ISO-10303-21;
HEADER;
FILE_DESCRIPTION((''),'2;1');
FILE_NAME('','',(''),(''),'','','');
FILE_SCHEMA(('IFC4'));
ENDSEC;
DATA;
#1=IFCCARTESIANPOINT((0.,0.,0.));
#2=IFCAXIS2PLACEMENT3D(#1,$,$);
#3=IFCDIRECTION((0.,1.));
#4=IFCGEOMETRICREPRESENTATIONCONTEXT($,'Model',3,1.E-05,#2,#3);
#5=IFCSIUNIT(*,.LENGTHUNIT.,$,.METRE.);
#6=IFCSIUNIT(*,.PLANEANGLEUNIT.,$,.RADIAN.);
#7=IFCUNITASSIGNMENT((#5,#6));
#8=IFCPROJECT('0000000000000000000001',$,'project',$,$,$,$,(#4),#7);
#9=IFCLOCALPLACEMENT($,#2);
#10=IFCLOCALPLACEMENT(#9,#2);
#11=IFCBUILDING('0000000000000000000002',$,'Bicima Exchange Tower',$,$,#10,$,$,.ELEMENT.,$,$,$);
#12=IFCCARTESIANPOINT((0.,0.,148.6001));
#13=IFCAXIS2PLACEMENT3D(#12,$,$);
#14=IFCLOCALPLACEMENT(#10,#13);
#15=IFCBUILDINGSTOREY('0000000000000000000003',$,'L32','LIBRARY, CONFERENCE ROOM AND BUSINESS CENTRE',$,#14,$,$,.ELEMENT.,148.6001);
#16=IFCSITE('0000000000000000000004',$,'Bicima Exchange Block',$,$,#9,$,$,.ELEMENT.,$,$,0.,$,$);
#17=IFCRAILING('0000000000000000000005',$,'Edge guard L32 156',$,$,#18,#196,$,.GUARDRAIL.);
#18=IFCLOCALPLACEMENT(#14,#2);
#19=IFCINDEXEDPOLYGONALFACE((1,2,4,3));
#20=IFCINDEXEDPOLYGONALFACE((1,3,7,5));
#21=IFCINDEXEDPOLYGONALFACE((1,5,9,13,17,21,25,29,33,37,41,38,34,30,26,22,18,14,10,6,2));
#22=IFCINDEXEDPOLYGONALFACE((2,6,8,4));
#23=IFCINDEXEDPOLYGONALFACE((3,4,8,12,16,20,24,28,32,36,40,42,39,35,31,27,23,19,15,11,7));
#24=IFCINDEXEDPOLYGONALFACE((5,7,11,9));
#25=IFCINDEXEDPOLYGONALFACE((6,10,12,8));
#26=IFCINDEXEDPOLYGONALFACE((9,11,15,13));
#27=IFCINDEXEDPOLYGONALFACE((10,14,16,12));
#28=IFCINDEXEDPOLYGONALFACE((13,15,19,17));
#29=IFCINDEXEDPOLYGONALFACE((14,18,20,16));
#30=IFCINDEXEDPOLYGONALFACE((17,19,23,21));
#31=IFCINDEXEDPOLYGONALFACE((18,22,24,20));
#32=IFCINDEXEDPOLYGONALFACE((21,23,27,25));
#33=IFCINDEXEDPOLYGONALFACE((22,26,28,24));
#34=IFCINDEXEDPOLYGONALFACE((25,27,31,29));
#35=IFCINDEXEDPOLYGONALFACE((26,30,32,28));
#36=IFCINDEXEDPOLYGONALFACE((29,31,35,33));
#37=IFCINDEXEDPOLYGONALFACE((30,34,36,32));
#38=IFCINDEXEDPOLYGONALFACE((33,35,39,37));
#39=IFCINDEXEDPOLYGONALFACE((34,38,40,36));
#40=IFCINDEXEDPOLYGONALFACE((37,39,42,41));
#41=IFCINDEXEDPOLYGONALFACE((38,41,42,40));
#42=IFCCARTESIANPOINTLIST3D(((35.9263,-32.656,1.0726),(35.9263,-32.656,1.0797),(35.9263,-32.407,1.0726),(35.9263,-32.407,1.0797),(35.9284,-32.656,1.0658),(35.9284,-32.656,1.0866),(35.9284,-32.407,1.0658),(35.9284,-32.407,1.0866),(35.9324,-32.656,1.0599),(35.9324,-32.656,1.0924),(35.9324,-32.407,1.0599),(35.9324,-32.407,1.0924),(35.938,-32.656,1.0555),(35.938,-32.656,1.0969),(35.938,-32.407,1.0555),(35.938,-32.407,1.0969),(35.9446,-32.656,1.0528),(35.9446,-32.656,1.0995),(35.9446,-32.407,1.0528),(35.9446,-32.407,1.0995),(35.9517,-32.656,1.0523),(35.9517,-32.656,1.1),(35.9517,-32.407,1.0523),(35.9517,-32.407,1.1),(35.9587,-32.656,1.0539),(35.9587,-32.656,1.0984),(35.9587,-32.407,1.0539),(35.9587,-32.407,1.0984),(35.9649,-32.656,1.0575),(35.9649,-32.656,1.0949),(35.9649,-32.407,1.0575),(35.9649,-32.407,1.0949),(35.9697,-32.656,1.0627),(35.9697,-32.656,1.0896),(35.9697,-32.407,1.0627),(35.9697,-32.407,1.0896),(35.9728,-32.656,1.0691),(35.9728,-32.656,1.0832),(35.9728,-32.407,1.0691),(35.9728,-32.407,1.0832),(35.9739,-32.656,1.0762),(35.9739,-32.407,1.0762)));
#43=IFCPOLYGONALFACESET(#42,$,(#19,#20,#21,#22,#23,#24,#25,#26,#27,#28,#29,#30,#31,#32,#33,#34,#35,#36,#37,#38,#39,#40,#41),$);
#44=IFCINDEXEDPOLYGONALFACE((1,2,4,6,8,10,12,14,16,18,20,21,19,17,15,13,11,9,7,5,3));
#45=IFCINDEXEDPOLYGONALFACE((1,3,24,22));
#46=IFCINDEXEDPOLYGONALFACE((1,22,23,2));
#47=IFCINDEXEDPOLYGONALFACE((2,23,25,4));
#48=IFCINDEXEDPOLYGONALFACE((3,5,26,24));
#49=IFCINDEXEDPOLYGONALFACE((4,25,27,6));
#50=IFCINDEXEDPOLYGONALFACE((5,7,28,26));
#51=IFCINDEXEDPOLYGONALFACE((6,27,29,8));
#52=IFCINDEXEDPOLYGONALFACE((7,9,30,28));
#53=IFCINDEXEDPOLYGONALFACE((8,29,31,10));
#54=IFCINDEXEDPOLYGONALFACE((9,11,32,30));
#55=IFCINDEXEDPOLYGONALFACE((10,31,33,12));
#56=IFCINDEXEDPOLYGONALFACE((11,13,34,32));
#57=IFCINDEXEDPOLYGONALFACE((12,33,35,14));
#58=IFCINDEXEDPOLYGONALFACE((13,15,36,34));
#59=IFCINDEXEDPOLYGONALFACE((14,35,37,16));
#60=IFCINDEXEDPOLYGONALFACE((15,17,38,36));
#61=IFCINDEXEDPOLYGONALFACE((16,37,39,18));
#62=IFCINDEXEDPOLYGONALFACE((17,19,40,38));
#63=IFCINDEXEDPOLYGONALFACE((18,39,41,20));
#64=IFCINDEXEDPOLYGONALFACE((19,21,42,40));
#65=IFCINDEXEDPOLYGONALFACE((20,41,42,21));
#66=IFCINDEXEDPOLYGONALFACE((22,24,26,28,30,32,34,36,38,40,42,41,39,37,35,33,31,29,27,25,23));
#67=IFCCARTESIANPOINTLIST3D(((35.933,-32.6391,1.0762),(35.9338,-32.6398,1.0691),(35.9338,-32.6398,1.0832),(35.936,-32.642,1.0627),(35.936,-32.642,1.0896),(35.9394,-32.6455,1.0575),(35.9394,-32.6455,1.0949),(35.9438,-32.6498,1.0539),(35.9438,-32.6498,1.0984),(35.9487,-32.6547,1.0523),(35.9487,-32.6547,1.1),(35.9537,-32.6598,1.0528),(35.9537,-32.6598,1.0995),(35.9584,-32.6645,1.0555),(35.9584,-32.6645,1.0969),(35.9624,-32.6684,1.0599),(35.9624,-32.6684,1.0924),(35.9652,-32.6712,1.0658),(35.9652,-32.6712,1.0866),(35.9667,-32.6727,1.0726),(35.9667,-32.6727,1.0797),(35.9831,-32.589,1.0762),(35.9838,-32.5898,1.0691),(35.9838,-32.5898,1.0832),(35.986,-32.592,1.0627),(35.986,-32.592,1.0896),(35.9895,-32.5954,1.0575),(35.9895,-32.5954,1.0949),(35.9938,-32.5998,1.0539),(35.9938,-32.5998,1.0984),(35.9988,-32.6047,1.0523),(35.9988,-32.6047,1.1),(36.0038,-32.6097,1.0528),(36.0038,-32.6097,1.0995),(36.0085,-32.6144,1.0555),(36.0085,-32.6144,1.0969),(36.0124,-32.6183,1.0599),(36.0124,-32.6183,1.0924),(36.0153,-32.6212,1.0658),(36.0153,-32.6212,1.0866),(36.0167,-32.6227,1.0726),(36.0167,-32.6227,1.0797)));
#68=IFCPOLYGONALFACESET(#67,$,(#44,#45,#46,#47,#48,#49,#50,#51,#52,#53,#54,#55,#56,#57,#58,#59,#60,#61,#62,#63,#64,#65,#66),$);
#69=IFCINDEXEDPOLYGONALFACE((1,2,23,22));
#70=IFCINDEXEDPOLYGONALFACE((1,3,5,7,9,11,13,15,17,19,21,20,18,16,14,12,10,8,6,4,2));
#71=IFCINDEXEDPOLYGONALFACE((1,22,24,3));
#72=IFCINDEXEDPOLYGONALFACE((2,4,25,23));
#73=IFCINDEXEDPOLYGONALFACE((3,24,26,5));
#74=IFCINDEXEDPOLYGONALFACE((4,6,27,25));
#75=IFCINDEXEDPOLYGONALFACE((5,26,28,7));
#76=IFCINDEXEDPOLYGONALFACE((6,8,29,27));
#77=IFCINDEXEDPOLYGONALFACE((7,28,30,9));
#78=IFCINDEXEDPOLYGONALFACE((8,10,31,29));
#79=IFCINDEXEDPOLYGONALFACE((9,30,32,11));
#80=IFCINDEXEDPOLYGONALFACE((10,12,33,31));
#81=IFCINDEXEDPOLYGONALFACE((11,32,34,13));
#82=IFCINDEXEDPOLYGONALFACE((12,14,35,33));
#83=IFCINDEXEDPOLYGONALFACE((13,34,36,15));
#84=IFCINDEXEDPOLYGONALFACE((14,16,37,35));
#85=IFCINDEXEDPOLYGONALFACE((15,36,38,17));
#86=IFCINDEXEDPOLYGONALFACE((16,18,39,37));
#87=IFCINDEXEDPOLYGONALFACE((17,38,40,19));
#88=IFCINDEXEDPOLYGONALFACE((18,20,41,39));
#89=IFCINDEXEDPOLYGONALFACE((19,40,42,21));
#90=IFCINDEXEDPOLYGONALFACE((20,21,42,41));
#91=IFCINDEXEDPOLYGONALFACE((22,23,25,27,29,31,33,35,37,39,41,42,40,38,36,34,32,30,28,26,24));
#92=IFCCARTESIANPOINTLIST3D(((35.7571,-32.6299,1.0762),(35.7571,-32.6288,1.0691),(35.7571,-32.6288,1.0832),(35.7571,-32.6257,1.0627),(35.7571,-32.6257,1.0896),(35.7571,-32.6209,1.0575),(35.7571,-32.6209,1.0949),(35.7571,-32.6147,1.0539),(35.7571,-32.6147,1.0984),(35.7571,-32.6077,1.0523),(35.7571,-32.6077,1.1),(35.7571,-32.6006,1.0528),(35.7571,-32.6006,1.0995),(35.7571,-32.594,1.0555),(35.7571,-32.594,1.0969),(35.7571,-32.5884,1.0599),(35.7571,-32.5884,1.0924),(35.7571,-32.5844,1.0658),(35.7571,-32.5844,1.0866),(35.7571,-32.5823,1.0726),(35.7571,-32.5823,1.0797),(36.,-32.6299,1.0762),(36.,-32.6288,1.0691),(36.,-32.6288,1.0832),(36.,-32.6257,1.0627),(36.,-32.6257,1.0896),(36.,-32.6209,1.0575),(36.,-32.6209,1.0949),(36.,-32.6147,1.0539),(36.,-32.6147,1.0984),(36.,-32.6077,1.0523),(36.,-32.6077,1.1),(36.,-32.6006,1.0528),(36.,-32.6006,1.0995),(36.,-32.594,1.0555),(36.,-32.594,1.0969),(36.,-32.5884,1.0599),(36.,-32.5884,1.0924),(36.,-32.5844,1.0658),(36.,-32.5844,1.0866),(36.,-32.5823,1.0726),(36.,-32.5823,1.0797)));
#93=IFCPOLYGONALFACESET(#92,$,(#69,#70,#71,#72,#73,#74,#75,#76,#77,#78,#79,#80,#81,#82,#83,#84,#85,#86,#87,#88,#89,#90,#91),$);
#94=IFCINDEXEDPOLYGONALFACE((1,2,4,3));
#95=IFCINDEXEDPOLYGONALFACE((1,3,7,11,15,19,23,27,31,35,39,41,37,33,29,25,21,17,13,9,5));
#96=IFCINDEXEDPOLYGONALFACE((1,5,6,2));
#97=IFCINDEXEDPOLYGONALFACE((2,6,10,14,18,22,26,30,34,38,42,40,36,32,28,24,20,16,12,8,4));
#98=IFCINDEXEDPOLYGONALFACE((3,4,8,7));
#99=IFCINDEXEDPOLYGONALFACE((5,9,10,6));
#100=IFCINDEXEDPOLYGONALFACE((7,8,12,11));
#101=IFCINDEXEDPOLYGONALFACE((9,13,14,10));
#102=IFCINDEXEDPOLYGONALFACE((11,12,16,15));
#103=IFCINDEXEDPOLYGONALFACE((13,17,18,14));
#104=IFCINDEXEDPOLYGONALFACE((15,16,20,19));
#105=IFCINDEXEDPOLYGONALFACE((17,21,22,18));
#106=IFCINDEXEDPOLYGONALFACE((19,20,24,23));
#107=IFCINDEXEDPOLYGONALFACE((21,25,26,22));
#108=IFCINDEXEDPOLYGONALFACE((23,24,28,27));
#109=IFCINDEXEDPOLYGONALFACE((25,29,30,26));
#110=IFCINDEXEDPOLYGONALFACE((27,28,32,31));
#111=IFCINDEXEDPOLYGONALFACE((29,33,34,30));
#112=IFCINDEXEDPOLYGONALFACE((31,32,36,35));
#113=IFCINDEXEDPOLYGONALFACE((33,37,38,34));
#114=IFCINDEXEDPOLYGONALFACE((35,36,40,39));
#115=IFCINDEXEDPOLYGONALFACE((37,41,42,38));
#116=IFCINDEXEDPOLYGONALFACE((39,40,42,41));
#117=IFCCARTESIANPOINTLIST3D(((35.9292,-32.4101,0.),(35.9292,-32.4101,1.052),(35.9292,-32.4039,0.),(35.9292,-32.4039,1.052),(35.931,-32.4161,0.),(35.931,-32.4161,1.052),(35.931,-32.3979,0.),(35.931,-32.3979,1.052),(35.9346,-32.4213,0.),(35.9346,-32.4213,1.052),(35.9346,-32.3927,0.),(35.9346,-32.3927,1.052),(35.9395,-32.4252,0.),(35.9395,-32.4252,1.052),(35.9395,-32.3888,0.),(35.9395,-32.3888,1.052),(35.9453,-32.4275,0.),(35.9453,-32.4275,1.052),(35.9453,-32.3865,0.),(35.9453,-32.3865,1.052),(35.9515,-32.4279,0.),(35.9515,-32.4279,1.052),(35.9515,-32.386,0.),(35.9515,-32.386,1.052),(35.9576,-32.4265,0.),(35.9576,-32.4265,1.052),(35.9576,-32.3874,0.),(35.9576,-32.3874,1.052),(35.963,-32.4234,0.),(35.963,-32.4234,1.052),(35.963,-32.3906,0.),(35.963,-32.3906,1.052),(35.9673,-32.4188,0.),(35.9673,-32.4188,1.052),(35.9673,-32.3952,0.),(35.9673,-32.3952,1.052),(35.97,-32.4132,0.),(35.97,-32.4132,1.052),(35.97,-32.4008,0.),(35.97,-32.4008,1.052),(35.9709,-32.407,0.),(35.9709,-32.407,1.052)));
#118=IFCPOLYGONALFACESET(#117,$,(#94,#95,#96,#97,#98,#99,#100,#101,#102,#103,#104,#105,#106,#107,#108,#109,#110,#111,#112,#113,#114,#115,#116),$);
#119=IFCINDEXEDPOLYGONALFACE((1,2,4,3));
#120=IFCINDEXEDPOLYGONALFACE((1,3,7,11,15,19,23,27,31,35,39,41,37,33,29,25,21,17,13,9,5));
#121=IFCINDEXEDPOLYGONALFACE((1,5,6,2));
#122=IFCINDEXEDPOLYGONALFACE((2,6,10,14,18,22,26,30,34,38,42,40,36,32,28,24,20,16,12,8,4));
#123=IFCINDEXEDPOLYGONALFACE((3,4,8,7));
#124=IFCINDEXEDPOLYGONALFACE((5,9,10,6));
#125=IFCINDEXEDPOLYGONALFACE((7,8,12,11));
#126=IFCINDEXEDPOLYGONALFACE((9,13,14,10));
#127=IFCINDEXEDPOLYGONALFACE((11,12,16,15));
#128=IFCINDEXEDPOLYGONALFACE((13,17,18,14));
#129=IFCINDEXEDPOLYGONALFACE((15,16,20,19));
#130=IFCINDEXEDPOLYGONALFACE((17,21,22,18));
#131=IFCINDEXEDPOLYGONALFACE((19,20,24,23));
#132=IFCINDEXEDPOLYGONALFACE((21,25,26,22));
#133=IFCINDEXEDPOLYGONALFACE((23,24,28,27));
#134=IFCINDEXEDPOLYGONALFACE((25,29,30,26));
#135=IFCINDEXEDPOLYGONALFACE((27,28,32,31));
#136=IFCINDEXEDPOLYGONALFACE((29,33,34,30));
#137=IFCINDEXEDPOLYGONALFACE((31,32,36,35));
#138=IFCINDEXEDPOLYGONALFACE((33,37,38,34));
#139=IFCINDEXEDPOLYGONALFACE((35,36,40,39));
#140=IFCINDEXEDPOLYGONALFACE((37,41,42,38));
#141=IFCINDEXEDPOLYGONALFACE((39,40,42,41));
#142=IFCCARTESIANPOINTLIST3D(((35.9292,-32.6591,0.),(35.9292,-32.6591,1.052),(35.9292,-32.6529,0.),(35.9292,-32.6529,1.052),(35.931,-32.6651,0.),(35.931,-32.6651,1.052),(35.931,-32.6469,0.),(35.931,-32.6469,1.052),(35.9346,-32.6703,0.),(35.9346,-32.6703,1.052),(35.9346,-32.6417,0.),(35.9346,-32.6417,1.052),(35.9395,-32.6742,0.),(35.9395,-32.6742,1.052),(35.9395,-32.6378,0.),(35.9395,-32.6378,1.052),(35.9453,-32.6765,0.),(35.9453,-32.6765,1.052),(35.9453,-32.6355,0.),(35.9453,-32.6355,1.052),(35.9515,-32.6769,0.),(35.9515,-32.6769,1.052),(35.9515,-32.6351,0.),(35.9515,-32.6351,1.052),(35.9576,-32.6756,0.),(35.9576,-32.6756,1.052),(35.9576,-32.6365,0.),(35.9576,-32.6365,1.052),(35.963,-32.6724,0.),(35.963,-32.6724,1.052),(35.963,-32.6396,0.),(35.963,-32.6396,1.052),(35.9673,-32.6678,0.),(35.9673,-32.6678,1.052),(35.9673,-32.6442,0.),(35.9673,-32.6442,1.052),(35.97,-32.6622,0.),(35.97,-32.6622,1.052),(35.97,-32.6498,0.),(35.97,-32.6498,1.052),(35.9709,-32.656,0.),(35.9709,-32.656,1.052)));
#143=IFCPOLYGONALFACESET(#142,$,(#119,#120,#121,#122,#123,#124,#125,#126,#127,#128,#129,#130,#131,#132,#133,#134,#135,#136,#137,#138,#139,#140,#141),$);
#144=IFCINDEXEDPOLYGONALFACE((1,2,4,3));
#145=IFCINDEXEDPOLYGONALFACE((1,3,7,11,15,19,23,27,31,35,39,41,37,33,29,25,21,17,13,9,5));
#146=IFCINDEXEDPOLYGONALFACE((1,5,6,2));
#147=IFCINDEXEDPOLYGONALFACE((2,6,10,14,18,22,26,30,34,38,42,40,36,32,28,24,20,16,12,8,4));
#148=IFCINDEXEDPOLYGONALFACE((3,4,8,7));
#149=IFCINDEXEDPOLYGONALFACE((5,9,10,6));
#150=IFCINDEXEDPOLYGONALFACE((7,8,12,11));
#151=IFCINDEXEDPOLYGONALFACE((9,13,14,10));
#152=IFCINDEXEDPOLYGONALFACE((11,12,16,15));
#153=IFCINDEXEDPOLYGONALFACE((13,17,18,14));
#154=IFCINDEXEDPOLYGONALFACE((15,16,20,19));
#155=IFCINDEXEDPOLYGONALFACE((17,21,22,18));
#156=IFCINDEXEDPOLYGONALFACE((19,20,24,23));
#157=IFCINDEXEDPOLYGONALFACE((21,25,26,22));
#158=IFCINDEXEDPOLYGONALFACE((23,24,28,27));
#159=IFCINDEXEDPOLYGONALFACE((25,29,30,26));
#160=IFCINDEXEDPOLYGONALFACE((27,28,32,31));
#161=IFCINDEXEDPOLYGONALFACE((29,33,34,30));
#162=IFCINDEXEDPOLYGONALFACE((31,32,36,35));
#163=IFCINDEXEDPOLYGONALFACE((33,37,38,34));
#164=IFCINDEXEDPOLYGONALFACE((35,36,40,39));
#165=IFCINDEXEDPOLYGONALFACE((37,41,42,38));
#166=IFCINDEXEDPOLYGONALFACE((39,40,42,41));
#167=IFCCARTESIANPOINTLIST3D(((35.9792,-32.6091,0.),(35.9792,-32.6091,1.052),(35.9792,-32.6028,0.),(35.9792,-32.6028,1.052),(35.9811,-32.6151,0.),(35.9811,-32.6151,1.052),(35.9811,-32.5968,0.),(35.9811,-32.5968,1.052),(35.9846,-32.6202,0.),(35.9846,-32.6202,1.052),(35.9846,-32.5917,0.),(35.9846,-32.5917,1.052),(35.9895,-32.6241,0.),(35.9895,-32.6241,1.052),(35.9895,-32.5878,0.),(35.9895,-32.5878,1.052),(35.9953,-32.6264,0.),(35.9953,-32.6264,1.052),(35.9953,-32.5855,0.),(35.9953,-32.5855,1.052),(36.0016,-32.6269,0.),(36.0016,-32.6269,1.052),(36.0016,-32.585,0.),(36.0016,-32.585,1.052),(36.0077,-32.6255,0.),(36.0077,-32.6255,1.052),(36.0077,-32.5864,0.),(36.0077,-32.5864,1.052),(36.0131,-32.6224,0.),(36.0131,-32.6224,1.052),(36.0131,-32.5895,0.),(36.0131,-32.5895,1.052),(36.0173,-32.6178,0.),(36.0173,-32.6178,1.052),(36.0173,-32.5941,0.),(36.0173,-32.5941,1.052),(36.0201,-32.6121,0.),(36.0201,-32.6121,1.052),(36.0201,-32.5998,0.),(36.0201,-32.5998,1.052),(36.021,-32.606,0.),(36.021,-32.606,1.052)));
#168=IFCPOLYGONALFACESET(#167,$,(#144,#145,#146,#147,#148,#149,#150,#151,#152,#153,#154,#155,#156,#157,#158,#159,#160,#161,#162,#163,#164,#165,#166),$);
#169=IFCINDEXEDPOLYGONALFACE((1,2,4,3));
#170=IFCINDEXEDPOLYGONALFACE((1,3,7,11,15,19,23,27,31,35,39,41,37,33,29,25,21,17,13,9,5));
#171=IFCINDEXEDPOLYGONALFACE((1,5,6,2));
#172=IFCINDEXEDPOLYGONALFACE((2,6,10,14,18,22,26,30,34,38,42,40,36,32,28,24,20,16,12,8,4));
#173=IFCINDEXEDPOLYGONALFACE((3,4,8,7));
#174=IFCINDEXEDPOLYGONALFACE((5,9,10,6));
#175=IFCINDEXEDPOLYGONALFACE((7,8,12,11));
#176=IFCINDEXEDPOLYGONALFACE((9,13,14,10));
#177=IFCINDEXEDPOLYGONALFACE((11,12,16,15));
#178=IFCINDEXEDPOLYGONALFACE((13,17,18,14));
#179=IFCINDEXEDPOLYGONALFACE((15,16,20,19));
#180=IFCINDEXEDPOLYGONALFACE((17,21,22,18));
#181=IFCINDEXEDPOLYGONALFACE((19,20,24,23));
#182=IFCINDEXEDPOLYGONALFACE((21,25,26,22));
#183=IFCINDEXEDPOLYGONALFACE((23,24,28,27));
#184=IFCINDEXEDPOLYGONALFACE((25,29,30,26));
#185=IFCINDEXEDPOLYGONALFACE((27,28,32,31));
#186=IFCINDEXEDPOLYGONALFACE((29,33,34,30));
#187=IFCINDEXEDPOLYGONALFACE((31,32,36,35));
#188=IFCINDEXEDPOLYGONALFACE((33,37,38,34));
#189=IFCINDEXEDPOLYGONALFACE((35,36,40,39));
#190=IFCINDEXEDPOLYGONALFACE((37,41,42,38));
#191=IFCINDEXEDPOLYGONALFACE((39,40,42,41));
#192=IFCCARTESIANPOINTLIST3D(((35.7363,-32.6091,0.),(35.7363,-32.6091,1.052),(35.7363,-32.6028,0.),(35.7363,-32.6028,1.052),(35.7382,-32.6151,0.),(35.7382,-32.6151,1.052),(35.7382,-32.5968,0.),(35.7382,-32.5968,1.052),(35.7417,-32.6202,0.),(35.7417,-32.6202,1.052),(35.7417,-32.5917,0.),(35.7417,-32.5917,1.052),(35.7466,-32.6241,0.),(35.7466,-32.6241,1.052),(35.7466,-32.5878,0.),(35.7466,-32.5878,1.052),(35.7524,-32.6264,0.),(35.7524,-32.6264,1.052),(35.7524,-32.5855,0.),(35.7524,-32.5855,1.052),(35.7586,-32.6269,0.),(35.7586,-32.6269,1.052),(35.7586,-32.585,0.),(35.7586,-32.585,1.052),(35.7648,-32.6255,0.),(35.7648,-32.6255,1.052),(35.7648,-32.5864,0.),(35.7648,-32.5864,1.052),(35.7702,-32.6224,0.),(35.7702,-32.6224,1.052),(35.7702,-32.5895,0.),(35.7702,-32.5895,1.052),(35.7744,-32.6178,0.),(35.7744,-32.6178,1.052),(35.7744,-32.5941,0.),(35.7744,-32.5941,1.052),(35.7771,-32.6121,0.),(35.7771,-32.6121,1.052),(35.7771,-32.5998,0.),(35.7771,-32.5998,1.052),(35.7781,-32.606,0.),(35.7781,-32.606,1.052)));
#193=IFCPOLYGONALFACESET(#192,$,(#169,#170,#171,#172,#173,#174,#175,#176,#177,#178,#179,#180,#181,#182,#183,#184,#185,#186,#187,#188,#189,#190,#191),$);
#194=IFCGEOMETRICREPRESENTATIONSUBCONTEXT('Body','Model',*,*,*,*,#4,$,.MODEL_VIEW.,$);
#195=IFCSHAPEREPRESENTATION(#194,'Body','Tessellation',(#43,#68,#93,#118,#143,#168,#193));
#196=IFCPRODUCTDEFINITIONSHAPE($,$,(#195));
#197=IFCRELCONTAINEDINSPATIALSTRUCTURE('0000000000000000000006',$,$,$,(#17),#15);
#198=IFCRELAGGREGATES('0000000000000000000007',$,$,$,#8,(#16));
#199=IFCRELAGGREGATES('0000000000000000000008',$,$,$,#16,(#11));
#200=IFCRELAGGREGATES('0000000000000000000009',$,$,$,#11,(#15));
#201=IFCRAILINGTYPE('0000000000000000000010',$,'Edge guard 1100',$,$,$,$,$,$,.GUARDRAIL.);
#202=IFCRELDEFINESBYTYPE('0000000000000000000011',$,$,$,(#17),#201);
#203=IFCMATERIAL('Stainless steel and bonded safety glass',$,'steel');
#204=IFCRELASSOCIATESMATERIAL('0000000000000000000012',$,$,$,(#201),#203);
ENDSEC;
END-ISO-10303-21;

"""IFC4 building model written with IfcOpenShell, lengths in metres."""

from ifc_helpers import new_model, si_unit, direction, frame, origin, origin_2d, place, context, subcontext, project, spatial, circle, extrude, material, type_object, element, save


model = new_model("IFC4")

# Units and contexts
model_context = context("Model", 3, precision=1e-05, world=origin(), true_north=direction((0.0, 1.0)))
body_context = subcontext(model_context, "Body", "Model", "MODEL_VIEW")
ifc_project = project(units=[si_unit("LENGTHUNIT", "METRE"), si_unit("PLANEANGLEUNIT", "RADIAN")], contexts=[model_context])

# Site, building, storey
site_placement = place(None, origin())
site = spatial("IfcSite", under=ifc_project, at=site_placement, Name="Bicima Exchange Block", CompositionType="ELEMENT", RefElevation=0.0)
building_placement = place(site_placement, origin())
building = spatial("IfcBuilding", under=site, at=building_placement, Name="Bicima Exchange Tower", CompositionType="ELEMENT")
storey_placement = place(building_placement, frame((0.0, 0.0, 148.6001)))
storey = spatial("IfcBuildingStorey", under=building, at=storey_placement, Name="L32", Description="LIBRARY, CONFERENCE ROOM AND BUSINESS CENTRE", CompositionType="ELEMENT", Elevation=148.6001)

# Railing
ifc_material_1 = material(Name="Stainless steel and bonded safety glass", Category="steel")
railing_type = type_object("IfcRailingType", Name="Edge guard 1100", PredefinedType="GUARDRAIL", material=ifc_material_1)
railing_placement = place(storey_placement, frame((35.95, -32.407, 0.0)))
element("IfcRailing", 1, at=railing_placement, inside=storey, type_object=railing_type, Name="Edge guard L32 156", PredefinedType="GUARDRAIL", context=body_context, shape_type="SweptSolid", body=[
    extrude(circle(Radius=0.0239, at=origin_2d()), frame((0.0, 0.0, 1.0762), z_axis=(0.0, -1.0, 0.0), x_axis=(1.0, 0.0, 0.0)), (0.0, 0.0, 1.0), 0.249),
    extrude(circle(Radius=0.0239, at=origin_2d()), frame((0.0, -0.249, 1.0762), z_axis=(0.707107, 0.707107, 0.0), x_axis=(-0.707107, 0.707107, 0.0)), (0.0, 0.0, 1.0), 0.0708),
    extrude(circle(Radius=0.0239, at=origin_2d()), frame((0.05, -0.199, 1.0762), z_axis=(-1.0, 0.0, 0.0), x_axis=(0.0, -1.0, 0.0)), (0.0, 0.0, 1.0), 0.2429),
    extrude(circle(Radius=0.021, at=origin_2d()), origin(), (0.0, 0.0, 1.0), 1.052),
    extrude(circle(Radius=0.021, at=origin_2d()), frame((0.0, -0.249, 0.0)), (0.0, 0.0, 1.0), 1.052),
    extrude(circle(Radius=0.021, at=origin_2d()), frame((0.05, -0.199, 0.0)), (0.0, 0.0, 1.0), 1.052),
    extrude(circle(Radius=0.021, at=origin_2d()), frame((-0.1929, -0.199, 0.0)), (0.0, 0.0, 1.0), 1.052),
])

save(model, "model.ifc")
